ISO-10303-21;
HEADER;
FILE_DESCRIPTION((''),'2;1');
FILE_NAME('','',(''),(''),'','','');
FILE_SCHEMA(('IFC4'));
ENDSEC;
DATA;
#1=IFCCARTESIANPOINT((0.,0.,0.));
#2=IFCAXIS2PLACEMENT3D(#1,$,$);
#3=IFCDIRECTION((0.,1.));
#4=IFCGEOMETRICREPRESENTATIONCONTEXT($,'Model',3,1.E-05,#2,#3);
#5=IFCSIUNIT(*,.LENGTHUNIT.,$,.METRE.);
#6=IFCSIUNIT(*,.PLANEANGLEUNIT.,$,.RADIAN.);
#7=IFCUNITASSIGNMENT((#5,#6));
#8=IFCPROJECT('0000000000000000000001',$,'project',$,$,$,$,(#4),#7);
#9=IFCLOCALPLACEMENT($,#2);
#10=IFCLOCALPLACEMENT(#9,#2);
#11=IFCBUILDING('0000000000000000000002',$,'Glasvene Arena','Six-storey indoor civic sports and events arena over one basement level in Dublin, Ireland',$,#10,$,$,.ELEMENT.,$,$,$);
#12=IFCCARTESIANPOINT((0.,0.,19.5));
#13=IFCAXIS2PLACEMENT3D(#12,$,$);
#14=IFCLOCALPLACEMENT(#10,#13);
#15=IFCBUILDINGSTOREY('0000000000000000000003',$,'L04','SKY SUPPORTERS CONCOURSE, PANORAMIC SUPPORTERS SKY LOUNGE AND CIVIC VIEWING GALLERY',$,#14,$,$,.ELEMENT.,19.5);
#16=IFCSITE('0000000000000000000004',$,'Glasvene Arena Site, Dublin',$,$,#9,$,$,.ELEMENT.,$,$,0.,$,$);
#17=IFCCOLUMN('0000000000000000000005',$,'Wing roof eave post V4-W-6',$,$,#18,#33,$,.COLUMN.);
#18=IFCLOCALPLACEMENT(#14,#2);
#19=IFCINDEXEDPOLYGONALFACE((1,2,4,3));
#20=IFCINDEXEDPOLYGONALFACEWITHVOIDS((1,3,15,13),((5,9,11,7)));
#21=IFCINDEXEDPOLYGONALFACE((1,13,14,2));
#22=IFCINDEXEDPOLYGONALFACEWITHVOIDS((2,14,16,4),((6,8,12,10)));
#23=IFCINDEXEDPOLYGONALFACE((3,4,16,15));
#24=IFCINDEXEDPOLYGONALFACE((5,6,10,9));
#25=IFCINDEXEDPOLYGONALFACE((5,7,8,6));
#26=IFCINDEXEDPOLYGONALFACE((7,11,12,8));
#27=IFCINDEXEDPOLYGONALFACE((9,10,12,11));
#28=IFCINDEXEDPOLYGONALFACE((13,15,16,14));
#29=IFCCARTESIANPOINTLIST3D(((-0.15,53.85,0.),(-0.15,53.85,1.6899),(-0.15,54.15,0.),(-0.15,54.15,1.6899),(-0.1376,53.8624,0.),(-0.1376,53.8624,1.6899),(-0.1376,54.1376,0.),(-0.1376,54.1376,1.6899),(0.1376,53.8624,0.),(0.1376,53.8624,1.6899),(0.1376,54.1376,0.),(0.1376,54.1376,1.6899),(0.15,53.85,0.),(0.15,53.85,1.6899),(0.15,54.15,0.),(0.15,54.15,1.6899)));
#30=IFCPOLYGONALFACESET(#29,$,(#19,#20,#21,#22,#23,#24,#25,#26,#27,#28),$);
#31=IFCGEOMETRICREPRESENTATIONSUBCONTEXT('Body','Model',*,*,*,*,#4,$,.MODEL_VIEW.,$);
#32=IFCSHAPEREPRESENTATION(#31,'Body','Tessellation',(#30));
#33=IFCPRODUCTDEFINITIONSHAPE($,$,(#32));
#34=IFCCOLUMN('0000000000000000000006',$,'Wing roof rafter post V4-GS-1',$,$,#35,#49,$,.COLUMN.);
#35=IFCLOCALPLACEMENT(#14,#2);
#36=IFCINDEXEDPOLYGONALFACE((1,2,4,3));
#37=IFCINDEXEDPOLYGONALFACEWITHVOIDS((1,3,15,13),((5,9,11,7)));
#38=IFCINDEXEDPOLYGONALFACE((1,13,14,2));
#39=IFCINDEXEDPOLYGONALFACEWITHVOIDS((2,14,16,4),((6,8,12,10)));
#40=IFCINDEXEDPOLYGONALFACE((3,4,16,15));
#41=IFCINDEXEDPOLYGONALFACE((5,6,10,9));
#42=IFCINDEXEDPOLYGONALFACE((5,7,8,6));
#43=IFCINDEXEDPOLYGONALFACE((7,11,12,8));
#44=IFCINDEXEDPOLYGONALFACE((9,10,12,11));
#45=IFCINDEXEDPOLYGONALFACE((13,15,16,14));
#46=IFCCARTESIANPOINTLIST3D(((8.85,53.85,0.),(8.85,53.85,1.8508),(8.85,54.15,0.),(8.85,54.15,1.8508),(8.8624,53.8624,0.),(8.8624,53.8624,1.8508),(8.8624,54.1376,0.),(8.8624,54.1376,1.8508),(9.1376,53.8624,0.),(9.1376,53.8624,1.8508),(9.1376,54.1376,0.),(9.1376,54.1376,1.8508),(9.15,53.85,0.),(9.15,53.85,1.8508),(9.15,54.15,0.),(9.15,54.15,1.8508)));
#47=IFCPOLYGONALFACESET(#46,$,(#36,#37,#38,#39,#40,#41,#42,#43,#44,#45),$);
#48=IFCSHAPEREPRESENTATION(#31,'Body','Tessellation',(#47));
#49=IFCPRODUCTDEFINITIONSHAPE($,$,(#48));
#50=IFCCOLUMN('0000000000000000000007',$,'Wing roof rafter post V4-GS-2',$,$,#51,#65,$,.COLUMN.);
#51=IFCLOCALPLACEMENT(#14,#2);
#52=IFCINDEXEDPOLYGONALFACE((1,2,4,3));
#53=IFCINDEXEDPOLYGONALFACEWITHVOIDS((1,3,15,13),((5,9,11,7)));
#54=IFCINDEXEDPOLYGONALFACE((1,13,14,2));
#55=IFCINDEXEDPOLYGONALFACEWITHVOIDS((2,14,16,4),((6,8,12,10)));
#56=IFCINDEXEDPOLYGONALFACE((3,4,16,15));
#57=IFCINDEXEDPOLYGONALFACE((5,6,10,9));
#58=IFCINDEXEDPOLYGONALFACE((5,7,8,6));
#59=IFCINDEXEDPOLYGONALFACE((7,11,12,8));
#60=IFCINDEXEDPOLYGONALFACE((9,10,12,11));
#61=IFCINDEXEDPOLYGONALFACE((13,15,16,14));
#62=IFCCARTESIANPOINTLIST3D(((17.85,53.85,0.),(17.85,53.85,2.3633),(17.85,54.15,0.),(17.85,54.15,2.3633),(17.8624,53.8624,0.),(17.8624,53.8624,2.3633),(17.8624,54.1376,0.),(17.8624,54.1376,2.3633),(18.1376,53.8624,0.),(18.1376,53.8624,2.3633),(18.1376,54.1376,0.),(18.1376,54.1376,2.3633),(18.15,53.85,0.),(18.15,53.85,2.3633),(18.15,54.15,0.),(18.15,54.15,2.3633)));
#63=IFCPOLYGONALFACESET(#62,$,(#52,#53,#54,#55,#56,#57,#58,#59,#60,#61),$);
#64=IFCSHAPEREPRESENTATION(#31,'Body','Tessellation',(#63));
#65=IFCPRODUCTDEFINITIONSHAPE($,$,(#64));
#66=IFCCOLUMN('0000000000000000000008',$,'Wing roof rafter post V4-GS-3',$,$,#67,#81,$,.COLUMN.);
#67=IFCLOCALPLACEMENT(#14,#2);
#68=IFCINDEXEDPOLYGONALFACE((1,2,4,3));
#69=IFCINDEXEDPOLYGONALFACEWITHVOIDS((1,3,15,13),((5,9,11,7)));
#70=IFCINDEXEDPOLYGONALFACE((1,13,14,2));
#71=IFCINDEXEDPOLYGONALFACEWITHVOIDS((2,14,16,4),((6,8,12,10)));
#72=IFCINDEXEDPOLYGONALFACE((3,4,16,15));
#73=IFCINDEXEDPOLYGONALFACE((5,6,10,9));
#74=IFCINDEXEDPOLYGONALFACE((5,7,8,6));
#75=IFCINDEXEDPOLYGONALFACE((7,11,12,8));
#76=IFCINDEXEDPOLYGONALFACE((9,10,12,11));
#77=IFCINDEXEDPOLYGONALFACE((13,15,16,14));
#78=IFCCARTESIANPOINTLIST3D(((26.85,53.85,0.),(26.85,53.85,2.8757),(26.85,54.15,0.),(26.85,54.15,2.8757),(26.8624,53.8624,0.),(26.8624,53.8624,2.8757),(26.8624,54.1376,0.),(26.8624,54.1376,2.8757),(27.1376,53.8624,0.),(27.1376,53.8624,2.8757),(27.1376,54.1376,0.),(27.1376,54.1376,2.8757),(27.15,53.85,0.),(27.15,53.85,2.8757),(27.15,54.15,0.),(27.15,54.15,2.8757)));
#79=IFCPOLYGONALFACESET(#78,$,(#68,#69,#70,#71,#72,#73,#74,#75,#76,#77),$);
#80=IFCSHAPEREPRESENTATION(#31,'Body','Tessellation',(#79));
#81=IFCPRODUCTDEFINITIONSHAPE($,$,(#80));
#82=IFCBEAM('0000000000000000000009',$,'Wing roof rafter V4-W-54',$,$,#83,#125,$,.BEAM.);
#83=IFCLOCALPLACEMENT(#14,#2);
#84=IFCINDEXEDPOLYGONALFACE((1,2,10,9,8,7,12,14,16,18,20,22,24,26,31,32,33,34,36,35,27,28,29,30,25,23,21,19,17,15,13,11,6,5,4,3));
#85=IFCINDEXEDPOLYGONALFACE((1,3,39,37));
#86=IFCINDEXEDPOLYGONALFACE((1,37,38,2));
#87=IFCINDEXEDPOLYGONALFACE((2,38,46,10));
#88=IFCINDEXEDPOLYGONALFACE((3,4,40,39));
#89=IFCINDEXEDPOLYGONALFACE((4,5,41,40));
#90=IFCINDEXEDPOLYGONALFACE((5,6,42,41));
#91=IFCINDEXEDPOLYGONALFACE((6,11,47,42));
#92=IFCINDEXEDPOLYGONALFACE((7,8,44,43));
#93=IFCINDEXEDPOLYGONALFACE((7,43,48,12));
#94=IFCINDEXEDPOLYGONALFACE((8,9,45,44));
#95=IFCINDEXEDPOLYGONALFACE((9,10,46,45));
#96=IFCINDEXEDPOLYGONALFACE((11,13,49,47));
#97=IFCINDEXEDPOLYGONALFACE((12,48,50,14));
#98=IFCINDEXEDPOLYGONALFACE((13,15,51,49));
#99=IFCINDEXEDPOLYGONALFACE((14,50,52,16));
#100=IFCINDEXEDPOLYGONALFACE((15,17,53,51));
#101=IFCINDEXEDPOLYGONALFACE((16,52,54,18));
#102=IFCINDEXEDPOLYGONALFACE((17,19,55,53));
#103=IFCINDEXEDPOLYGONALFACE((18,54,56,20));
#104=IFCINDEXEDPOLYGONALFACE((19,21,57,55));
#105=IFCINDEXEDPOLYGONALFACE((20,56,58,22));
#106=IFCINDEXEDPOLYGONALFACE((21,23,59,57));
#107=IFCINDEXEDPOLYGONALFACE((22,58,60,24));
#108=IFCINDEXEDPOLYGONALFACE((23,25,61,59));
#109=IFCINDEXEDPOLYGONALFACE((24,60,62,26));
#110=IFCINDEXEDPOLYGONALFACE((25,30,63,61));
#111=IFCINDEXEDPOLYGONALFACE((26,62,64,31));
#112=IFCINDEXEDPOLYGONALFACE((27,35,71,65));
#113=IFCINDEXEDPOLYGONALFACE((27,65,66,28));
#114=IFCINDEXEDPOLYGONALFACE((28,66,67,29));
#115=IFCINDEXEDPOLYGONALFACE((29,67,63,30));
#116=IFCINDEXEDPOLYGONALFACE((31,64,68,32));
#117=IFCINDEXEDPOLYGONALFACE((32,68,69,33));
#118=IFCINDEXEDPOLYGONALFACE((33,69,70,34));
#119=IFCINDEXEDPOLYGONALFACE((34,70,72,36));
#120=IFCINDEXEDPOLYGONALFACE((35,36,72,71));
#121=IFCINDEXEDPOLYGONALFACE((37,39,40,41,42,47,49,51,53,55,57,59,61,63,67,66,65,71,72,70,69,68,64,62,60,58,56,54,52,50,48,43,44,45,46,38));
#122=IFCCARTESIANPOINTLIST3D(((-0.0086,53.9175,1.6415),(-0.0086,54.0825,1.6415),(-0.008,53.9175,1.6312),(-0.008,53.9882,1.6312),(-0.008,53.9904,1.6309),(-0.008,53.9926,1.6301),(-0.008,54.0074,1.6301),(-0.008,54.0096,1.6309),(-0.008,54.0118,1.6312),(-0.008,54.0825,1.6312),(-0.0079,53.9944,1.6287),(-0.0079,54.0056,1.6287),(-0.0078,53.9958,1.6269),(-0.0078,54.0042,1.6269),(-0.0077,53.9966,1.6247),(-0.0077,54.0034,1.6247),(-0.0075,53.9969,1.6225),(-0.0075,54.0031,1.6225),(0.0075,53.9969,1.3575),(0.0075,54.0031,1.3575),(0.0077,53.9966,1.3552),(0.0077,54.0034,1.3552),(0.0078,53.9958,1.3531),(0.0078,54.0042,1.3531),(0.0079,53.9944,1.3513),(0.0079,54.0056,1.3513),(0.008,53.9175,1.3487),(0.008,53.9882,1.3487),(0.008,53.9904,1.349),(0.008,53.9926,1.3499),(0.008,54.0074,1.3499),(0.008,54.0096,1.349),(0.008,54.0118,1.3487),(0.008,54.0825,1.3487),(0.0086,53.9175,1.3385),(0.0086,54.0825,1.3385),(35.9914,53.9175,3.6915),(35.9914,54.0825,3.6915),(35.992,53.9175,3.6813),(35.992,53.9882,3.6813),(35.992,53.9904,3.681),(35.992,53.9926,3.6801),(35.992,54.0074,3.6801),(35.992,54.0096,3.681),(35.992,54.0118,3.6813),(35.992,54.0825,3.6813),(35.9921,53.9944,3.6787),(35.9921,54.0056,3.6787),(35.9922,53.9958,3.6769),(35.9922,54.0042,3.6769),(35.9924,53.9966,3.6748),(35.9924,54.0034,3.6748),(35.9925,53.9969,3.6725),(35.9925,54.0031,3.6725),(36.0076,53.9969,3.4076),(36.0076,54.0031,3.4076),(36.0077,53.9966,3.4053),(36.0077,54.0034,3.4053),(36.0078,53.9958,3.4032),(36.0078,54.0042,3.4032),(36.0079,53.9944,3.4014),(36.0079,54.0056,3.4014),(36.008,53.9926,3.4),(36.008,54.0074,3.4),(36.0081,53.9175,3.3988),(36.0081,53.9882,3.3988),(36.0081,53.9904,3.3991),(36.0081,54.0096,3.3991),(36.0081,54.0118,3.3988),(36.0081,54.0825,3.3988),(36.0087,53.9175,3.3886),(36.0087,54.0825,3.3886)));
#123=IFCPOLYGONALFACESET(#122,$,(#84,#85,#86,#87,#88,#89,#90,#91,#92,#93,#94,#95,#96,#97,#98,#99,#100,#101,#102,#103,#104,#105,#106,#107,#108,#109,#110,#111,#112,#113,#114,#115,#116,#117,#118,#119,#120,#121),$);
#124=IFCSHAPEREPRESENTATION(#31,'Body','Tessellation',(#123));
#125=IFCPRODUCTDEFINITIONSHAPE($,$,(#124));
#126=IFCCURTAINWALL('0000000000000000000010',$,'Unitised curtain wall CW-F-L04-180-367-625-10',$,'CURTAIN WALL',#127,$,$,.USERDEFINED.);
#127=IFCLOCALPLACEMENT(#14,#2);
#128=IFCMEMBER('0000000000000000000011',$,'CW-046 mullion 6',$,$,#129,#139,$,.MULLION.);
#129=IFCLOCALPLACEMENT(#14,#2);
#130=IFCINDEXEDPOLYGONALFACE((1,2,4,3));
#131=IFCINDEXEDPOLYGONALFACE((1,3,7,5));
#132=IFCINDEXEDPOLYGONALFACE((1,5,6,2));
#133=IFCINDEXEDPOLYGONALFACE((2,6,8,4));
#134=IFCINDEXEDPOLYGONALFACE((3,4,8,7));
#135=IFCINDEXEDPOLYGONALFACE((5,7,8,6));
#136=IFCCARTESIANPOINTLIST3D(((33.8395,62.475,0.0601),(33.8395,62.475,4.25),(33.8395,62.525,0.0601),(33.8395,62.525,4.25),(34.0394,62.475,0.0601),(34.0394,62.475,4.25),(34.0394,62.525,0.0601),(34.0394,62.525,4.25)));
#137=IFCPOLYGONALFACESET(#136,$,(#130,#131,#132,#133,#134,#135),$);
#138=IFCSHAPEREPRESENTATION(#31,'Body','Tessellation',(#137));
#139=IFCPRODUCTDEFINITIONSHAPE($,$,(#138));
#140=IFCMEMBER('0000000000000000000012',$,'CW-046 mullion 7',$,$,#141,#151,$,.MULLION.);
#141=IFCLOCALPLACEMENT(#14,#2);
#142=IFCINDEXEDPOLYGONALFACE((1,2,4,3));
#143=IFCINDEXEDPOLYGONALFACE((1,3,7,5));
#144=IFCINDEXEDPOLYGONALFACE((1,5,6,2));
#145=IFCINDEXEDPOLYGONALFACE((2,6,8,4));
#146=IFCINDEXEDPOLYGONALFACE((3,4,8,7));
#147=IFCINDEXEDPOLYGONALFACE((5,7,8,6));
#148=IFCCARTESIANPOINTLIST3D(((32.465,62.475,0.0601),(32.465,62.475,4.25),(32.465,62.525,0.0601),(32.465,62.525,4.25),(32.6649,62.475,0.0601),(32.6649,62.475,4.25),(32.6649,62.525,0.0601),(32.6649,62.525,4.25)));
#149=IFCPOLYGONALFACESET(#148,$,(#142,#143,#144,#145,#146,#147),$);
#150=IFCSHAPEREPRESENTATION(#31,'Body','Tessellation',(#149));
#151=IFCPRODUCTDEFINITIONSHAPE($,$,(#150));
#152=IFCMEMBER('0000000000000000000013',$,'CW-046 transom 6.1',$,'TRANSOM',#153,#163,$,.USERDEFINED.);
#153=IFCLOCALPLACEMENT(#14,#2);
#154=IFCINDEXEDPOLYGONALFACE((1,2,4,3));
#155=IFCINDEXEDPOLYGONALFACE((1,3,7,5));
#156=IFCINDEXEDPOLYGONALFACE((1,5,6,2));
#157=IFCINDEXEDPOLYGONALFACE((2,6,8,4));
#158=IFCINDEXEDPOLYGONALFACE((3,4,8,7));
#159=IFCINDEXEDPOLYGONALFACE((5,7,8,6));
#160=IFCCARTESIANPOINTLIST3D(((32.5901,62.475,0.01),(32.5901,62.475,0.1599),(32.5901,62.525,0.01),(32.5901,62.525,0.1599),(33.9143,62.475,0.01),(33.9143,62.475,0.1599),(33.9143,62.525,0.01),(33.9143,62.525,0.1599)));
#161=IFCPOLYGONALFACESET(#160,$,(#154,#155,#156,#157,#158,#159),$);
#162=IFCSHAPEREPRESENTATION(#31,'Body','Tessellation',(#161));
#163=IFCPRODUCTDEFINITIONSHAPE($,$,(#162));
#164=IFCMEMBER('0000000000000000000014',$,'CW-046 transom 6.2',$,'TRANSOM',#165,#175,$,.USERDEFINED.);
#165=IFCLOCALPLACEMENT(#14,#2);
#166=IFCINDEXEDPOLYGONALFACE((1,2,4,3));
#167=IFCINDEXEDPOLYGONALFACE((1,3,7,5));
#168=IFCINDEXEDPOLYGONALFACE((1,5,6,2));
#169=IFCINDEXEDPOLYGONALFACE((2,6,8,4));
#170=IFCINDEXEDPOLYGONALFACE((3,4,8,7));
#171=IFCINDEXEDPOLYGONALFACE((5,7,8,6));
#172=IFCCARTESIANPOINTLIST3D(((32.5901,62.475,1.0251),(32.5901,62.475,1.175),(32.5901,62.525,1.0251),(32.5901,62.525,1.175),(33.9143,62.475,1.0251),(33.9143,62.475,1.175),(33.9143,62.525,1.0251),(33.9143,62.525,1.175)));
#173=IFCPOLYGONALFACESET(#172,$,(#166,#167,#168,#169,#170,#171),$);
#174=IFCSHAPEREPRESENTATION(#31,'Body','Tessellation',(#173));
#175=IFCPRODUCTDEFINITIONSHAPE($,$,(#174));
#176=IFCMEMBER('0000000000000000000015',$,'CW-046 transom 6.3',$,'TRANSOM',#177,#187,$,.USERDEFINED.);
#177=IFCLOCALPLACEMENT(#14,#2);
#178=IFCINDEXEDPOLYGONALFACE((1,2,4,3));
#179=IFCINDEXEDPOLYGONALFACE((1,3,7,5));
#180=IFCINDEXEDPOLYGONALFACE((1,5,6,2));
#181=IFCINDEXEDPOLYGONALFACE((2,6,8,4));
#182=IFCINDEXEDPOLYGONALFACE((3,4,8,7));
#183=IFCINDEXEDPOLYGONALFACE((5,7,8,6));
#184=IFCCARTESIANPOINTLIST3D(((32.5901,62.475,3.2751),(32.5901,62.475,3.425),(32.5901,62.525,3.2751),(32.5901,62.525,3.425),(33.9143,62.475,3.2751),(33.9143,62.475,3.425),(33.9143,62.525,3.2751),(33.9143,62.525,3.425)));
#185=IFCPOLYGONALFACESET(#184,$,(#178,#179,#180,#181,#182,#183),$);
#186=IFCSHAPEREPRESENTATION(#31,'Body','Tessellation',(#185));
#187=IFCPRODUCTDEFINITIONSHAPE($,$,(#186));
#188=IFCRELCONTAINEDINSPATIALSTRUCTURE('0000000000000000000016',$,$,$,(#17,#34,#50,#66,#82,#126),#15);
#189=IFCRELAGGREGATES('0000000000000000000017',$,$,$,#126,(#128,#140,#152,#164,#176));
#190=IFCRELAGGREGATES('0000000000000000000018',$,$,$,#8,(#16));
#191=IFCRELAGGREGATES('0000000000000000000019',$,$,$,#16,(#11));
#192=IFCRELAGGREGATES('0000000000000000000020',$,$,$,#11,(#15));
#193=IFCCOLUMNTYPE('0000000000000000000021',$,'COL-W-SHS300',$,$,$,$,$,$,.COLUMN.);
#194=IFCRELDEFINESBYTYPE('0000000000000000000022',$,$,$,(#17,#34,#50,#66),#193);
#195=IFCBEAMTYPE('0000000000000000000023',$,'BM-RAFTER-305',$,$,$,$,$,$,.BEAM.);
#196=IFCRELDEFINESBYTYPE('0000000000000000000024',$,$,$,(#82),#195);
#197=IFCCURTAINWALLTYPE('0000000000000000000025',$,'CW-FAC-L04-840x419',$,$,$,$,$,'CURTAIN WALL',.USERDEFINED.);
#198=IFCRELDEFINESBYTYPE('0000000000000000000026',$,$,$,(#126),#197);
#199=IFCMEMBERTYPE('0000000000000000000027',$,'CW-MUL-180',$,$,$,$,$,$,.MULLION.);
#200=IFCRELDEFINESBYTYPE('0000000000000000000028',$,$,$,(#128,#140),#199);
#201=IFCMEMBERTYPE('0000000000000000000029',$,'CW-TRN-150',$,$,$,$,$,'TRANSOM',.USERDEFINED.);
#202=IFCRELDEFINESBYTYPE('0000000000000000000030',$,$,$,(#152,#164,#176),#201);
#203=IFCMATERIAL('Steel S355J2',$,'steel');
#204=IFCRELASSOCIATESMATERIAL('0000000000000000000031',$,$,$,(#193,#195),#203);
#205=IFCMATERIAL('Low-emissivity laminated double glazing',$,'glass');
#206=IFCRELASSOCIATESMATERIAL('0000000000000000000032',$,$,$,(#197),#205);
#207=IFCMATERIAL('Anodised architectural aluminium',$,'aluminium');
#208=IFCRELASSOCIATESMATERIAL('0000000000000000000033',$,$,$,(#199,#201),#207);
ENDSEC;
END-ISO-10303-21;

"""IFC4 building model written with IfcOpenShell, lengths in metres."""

from ifc_helpers import new_model, si_unit, direction, frame, origin, origin_2d, place, context, subcontext, project, spatial, rectangle, hollow_rectangle, i_section, extrude, material, material_profile, profile_set, type_object, element, aggregate, save


model = new_model("IFC4")

# Units and contexts
model_context = context("Model", 3, precision=1e-05, world=origin(), true_north=direction((0.0, 1.0)))
body_context = subcontext(model_context, "Body", "Model", "MODEL_VIEW")
ifc_project = project(units=[si_unit("LENGTHUNIT", "METRE"), si_unit("PLANEANGLEUNIT", "RADIAN")], contexts=[model_context])

# Site, building, storey
site_placement = place(None, origin())
site = spatial("IfcSite", under=ifc_project, at=site_placement, Name="Glasvene Arena Site, Dublin", CompositionType="ELEMENT", RefElevation=0.0)
building_placement = place(site_placement, origin())
building = spatial("IfcBuilding", under=site, at=building_placement, Name="Glasvene Arena", Description="Six-storey indoor civic sports and events arena over one basement level in Dublin, Ireland", CompositionType="ELEMENT")
storey_placement = place(building_placement, frame((0.0, 0.0, 19.5)))
storey = spatial("IfcBuildingStorey", under=building, at=storey_placement, Name="L04", Description="SKY SUPPORTERS CONCOURSE, PANORAMIC SUPPORTERS SKY LOUNGE AND CIVIC VIEWING GALLERY", CompositionType="ELEMENT", Elevation=19.5)

# Columns
ifc_material_1 = material(Name="Steel S355J2", Category="steel")
ifc_material_profile_1 = material_profile(ifc_material_1, hollow_rectangle(XDim=0.3, YDim=0.3, WallThickness=0.0125, at=origin_2d()), Name="SHS 300x300x12.5")
ifc_profile_set_1 = profile_set([ifc_material_profile_1], Name="Steel S355J2")
column_type = type_object("IfcColumnType", Name="COL-W-SHS300", PredefinedType="COLUMN", material=ifc_profile_set_1)
column_1_placement = place(storey_placement, frame((0.0, 54.0, 0.0), z_axis=(0.0, 0.0, 1.0), x_axis=(1.0, 0.0, 0.0)))
element("IfcColumn", 1, at=column_1_placement, inside=storey, type_object=column_type, Name="Wing roof eave post V4-W-6", PredefinedType="COLUMN", context=body_context, shape_type="SweptSolid", body=[
    extrude(hollow_rectangle(XDim=0.3, YDim=0.3, WallThickness=0.0125, at=origin_2d()), origin(), (0.0, 0.0, 1.0), 1.6899),
])
column_2_placement = place(storey_placement, frame((9.0, 54.0, 0.0), z_axis=(0.0, 0.0, 1.0), x_axis=(1.0, 0.0, 0.0)))
element("IfcColumn", 2, at=column_2_placement, inside=storey, type_object=column_type, Name="Wing roof rafter post V4-GS-1", PredefinedType="COLUMN", context=body_context, shape_type="SweptSolid", body=[
    extrude(hollow_rectangle(XDim=0.3, YDim=0.3, WallThickness=0.0125, at=origin_2d()), origin(), (0.0, 0.0, 1.0), 1.8508),
])
column_3_placement = place(storey_placement, frame((18.0, 54.0, 0.0), z_axis=(0.0, 0.0, 1.0), x_axis=(1.0, 0.0, 0.0)))
element("IfcColumn", 3, at=column_3_placement, inside=storey, type_object=column_type, Name="Wing roof rafter post V4-GS-2", PredefinedType="COLUMN", context=body_context, shape_type="SweptSolid", body=[
    extrude(hollow_rectangle(XDim=0.3, YDim=0.3, WallThickness=0.0125, at=origin_2d()), origin(), (0.0, 0.0, 1.0), 2.3633),
])
column_4_placement = place(storey_placement, frame((27.0, 54.0, 0.0), z_axis=(0.0, 0.0, 1.0), x_axis=(1.0, 0.0, 0.0)))
element("IfcColumn", 4, at=column_4_placement, inside=storey, type_object=column_type, Name="Wing roof rafter post V4-GS-3", PredefinedType="COLUMN", context=body_context, shape_type="SweptSolid", body=[
    extrude(hollow_rectangle(XDim=0.3, YDim=0.3, WallThickness=0.0125, at=origin_2d()), origin(), (0.0, 0.0, 1.0), 2.8757),
])

# Beam
ifc_material_profile_2 = material_profile(ifc_material_1, i_section(OverallWidth=0.165, OverallDepth=0.3035, WebThickness=0.0061, FlangeThickness=0.0103, FilletRadius=0.0088, at=origin_2d()), Name="UKB 305x165x40")
ifc_profile_set_2 = profile_set([ifc_material_profile_2], Name="Steel S355J2")
beam_type = type_object("IfcBeamType", Name="BM-RAFTER-305", PredefinedType="BEAM", material=ifc_profile_set_2)
beam_placement = place(storey_placement, frame((0.0, 54.0, 1.49), z_axis=(0.998383, 0.0, 0.056854), x_axis=(0.0, 1.0, 0.0)))
element("IfcBeam", 5, at=beam_placement, inside=storey, type_object=beam_type, Name="Wing roof rafter V4-W-54", PredefinedType="BEAM", context=body_context, shape_type="SweptSolid", body=[
    extrude(i_section(OverallWidth=0.165, OverallDepth=0.3035, WebThickness=0.0061, FlangeThickness=0.0103, FilletRadius=0.0088, at=origin_2d()), origin(), (0.0, 0.0, 1.0), 36.0583),
])

# Curtain wall, members
ifc_material_2 = material(Name="Low-emissivity laminated double glazing", Category="glass")
curtain_wall_type = type_object("IfcCurtainWallType", Name="CW-FAC-L04-840x419", ElementType="CURTAIN WALL", PredefinedType="USERDEFINED", material=ifc_material_2)
curtain_wall_placement = place(storey_placement, frame((40.936, 62.5, 0.0)))
curtain_wall = element("IfcCurtainWall", 6, at=curtain_wall_placement, inside=storey, type_object=curtain_wall_type, Name="Unitised curtain wall CW-F-L04-180-367-625-10", ObjectType="CURTAIN WALL", PredefinedType="USERDEFINED")
ifc_material_3 = material(Name="Anodised architectural aluminium", Category="aluminium")
ifc_material_profile_3 = material_profile(ifc_material_3, rectangle(XDim=0.05, YDim=0.2, at=origin_2d()), Name="ALU MULLION 50x200")
ifc_profile_set_3 = profile_set([ifc_material_profile_3], Name="Anodised architectural aluminium")
member_type_1 = type_object("IfcMemberType", Name="CW-MUL-180", PredefinedType="MULLION", material=ifc_profile_set_3)
member_1_placement = place(storey_placement, frame((33.9395, 62.5, 0.0601), z_axis=(0.0, 0.0, 1.0), x_axis=(0.0, -1.0, 0.0)))
member_1 = element("IfcMember", 7, at=member_1_placement, type_object=member_type_1, Name="CW-046 mullion 6", PredefinedType="MULLION", context=body_context, shape_type="SweptSolid", body=[
    extrude(rectangle(XDim=0.05, YDim=0.2, at=origin_2d()), origin(), (0.0, 0.0, 1.0), 4.1899),
])
member_2_placement = place(storey_placement, frame((32.5649, 62.5, 0.0601), z_axis=(0.0, 0.0, 1.0), x_axis=(0.0, -1.0, 0.0)))
member_2 = element("IfcMember", 8, at=member_2_placement, type_object=member_type_1, Name="CW-046 mullion 7", PredefinedType="MULLION", context=body_context, shape_type="SweptSolid", body=[
    extrude(rectangle(XDim=0.05, YDim=0.2, at=origin_2d()), origin(), (0.0, 0.0, 1.0), 4.1899),
])
ifc_material_profile_4 = material_profile(ifc_material_3, rectangle(XDim=0.05, YDim=0.1499, at=origin_2d()), Name="ALU TRANSOM 50x150")
ifc_profile_set_4 = profile_set([ifc_material_profile_4], Name="Anodised architectural aluminium")
member_type_2 = type_object("IfcMemberType", Name="CW-TRN-150", ElementType="TRANSOM", PredefinedType="USERDEFINED", material=ifc_profile_set_4)
member_3_placement = place(storey_placement, frame((33.9143, 62.5, 0.085), z_axis=(-1.0, 0.0, 0.0), x_axis=(0.0, -1.0, 0.0)))
member_3 = element("IfcMember", 9, at=member_3_placement, type_object=member_type_2, Name="CW-046 transom 6.1", ObjectType="TRANSOM", PredefinedType="USERDEFINED", context=body_context, shape_type="SweptSolid", body=[
    extrude(rectangle(XDim=0.05, YDim=0.1499, at=origin_2d()), origin(), (0.0, 0.0, 1.0), 1.3242),
])
member_4_placement = place(storey_placement, frame((33.9143, 62.5, 1.1001), z_axis=(-1.0, 0.0, 0.0), x_axis=(0.0, -1.0, 0.0)))
member_4 = element("IfcMember", 10, at=member_4_placement, type_object=member_type_2, Name="CW-046 transom 6.2", ObjectType="TRANSOM", PredefinedType="USERDEFINED", context=body_context, shape_type="SweptSolid", body=[
    extrude(rectangle(XDim=0.05, YDim=0.1499, at=origin_2d()), origin(), (0.0, 0.0, 1.0), 1.3242),
])
member_5_placement = place(storey_placement, frame((33.9143, 62.5, 3.3501), z_axis=(-1.0, 0.0, 0.0), x_axis=(0.0, -1.0, 0.0)))
member_5 = element("IfcMember", 11, at=member_5_placement, type_object=member_type_2, Name="CW-046 transom 6.3", ObjectType="TRANSOM", PredefinedType="USERDEFINED", context=body_context, shape_type="SweptSolid", body=[
    extrude(rectangle(XDim=0.05, YDim=0.1499, at=origin_2d()), origin(), (0.0, 0.0, 1.0), 1.3242),
])
aggregate(curtain_wall, [member_1, member_2, member_3, member_4, member_5])

save(model, "model.ifc")
